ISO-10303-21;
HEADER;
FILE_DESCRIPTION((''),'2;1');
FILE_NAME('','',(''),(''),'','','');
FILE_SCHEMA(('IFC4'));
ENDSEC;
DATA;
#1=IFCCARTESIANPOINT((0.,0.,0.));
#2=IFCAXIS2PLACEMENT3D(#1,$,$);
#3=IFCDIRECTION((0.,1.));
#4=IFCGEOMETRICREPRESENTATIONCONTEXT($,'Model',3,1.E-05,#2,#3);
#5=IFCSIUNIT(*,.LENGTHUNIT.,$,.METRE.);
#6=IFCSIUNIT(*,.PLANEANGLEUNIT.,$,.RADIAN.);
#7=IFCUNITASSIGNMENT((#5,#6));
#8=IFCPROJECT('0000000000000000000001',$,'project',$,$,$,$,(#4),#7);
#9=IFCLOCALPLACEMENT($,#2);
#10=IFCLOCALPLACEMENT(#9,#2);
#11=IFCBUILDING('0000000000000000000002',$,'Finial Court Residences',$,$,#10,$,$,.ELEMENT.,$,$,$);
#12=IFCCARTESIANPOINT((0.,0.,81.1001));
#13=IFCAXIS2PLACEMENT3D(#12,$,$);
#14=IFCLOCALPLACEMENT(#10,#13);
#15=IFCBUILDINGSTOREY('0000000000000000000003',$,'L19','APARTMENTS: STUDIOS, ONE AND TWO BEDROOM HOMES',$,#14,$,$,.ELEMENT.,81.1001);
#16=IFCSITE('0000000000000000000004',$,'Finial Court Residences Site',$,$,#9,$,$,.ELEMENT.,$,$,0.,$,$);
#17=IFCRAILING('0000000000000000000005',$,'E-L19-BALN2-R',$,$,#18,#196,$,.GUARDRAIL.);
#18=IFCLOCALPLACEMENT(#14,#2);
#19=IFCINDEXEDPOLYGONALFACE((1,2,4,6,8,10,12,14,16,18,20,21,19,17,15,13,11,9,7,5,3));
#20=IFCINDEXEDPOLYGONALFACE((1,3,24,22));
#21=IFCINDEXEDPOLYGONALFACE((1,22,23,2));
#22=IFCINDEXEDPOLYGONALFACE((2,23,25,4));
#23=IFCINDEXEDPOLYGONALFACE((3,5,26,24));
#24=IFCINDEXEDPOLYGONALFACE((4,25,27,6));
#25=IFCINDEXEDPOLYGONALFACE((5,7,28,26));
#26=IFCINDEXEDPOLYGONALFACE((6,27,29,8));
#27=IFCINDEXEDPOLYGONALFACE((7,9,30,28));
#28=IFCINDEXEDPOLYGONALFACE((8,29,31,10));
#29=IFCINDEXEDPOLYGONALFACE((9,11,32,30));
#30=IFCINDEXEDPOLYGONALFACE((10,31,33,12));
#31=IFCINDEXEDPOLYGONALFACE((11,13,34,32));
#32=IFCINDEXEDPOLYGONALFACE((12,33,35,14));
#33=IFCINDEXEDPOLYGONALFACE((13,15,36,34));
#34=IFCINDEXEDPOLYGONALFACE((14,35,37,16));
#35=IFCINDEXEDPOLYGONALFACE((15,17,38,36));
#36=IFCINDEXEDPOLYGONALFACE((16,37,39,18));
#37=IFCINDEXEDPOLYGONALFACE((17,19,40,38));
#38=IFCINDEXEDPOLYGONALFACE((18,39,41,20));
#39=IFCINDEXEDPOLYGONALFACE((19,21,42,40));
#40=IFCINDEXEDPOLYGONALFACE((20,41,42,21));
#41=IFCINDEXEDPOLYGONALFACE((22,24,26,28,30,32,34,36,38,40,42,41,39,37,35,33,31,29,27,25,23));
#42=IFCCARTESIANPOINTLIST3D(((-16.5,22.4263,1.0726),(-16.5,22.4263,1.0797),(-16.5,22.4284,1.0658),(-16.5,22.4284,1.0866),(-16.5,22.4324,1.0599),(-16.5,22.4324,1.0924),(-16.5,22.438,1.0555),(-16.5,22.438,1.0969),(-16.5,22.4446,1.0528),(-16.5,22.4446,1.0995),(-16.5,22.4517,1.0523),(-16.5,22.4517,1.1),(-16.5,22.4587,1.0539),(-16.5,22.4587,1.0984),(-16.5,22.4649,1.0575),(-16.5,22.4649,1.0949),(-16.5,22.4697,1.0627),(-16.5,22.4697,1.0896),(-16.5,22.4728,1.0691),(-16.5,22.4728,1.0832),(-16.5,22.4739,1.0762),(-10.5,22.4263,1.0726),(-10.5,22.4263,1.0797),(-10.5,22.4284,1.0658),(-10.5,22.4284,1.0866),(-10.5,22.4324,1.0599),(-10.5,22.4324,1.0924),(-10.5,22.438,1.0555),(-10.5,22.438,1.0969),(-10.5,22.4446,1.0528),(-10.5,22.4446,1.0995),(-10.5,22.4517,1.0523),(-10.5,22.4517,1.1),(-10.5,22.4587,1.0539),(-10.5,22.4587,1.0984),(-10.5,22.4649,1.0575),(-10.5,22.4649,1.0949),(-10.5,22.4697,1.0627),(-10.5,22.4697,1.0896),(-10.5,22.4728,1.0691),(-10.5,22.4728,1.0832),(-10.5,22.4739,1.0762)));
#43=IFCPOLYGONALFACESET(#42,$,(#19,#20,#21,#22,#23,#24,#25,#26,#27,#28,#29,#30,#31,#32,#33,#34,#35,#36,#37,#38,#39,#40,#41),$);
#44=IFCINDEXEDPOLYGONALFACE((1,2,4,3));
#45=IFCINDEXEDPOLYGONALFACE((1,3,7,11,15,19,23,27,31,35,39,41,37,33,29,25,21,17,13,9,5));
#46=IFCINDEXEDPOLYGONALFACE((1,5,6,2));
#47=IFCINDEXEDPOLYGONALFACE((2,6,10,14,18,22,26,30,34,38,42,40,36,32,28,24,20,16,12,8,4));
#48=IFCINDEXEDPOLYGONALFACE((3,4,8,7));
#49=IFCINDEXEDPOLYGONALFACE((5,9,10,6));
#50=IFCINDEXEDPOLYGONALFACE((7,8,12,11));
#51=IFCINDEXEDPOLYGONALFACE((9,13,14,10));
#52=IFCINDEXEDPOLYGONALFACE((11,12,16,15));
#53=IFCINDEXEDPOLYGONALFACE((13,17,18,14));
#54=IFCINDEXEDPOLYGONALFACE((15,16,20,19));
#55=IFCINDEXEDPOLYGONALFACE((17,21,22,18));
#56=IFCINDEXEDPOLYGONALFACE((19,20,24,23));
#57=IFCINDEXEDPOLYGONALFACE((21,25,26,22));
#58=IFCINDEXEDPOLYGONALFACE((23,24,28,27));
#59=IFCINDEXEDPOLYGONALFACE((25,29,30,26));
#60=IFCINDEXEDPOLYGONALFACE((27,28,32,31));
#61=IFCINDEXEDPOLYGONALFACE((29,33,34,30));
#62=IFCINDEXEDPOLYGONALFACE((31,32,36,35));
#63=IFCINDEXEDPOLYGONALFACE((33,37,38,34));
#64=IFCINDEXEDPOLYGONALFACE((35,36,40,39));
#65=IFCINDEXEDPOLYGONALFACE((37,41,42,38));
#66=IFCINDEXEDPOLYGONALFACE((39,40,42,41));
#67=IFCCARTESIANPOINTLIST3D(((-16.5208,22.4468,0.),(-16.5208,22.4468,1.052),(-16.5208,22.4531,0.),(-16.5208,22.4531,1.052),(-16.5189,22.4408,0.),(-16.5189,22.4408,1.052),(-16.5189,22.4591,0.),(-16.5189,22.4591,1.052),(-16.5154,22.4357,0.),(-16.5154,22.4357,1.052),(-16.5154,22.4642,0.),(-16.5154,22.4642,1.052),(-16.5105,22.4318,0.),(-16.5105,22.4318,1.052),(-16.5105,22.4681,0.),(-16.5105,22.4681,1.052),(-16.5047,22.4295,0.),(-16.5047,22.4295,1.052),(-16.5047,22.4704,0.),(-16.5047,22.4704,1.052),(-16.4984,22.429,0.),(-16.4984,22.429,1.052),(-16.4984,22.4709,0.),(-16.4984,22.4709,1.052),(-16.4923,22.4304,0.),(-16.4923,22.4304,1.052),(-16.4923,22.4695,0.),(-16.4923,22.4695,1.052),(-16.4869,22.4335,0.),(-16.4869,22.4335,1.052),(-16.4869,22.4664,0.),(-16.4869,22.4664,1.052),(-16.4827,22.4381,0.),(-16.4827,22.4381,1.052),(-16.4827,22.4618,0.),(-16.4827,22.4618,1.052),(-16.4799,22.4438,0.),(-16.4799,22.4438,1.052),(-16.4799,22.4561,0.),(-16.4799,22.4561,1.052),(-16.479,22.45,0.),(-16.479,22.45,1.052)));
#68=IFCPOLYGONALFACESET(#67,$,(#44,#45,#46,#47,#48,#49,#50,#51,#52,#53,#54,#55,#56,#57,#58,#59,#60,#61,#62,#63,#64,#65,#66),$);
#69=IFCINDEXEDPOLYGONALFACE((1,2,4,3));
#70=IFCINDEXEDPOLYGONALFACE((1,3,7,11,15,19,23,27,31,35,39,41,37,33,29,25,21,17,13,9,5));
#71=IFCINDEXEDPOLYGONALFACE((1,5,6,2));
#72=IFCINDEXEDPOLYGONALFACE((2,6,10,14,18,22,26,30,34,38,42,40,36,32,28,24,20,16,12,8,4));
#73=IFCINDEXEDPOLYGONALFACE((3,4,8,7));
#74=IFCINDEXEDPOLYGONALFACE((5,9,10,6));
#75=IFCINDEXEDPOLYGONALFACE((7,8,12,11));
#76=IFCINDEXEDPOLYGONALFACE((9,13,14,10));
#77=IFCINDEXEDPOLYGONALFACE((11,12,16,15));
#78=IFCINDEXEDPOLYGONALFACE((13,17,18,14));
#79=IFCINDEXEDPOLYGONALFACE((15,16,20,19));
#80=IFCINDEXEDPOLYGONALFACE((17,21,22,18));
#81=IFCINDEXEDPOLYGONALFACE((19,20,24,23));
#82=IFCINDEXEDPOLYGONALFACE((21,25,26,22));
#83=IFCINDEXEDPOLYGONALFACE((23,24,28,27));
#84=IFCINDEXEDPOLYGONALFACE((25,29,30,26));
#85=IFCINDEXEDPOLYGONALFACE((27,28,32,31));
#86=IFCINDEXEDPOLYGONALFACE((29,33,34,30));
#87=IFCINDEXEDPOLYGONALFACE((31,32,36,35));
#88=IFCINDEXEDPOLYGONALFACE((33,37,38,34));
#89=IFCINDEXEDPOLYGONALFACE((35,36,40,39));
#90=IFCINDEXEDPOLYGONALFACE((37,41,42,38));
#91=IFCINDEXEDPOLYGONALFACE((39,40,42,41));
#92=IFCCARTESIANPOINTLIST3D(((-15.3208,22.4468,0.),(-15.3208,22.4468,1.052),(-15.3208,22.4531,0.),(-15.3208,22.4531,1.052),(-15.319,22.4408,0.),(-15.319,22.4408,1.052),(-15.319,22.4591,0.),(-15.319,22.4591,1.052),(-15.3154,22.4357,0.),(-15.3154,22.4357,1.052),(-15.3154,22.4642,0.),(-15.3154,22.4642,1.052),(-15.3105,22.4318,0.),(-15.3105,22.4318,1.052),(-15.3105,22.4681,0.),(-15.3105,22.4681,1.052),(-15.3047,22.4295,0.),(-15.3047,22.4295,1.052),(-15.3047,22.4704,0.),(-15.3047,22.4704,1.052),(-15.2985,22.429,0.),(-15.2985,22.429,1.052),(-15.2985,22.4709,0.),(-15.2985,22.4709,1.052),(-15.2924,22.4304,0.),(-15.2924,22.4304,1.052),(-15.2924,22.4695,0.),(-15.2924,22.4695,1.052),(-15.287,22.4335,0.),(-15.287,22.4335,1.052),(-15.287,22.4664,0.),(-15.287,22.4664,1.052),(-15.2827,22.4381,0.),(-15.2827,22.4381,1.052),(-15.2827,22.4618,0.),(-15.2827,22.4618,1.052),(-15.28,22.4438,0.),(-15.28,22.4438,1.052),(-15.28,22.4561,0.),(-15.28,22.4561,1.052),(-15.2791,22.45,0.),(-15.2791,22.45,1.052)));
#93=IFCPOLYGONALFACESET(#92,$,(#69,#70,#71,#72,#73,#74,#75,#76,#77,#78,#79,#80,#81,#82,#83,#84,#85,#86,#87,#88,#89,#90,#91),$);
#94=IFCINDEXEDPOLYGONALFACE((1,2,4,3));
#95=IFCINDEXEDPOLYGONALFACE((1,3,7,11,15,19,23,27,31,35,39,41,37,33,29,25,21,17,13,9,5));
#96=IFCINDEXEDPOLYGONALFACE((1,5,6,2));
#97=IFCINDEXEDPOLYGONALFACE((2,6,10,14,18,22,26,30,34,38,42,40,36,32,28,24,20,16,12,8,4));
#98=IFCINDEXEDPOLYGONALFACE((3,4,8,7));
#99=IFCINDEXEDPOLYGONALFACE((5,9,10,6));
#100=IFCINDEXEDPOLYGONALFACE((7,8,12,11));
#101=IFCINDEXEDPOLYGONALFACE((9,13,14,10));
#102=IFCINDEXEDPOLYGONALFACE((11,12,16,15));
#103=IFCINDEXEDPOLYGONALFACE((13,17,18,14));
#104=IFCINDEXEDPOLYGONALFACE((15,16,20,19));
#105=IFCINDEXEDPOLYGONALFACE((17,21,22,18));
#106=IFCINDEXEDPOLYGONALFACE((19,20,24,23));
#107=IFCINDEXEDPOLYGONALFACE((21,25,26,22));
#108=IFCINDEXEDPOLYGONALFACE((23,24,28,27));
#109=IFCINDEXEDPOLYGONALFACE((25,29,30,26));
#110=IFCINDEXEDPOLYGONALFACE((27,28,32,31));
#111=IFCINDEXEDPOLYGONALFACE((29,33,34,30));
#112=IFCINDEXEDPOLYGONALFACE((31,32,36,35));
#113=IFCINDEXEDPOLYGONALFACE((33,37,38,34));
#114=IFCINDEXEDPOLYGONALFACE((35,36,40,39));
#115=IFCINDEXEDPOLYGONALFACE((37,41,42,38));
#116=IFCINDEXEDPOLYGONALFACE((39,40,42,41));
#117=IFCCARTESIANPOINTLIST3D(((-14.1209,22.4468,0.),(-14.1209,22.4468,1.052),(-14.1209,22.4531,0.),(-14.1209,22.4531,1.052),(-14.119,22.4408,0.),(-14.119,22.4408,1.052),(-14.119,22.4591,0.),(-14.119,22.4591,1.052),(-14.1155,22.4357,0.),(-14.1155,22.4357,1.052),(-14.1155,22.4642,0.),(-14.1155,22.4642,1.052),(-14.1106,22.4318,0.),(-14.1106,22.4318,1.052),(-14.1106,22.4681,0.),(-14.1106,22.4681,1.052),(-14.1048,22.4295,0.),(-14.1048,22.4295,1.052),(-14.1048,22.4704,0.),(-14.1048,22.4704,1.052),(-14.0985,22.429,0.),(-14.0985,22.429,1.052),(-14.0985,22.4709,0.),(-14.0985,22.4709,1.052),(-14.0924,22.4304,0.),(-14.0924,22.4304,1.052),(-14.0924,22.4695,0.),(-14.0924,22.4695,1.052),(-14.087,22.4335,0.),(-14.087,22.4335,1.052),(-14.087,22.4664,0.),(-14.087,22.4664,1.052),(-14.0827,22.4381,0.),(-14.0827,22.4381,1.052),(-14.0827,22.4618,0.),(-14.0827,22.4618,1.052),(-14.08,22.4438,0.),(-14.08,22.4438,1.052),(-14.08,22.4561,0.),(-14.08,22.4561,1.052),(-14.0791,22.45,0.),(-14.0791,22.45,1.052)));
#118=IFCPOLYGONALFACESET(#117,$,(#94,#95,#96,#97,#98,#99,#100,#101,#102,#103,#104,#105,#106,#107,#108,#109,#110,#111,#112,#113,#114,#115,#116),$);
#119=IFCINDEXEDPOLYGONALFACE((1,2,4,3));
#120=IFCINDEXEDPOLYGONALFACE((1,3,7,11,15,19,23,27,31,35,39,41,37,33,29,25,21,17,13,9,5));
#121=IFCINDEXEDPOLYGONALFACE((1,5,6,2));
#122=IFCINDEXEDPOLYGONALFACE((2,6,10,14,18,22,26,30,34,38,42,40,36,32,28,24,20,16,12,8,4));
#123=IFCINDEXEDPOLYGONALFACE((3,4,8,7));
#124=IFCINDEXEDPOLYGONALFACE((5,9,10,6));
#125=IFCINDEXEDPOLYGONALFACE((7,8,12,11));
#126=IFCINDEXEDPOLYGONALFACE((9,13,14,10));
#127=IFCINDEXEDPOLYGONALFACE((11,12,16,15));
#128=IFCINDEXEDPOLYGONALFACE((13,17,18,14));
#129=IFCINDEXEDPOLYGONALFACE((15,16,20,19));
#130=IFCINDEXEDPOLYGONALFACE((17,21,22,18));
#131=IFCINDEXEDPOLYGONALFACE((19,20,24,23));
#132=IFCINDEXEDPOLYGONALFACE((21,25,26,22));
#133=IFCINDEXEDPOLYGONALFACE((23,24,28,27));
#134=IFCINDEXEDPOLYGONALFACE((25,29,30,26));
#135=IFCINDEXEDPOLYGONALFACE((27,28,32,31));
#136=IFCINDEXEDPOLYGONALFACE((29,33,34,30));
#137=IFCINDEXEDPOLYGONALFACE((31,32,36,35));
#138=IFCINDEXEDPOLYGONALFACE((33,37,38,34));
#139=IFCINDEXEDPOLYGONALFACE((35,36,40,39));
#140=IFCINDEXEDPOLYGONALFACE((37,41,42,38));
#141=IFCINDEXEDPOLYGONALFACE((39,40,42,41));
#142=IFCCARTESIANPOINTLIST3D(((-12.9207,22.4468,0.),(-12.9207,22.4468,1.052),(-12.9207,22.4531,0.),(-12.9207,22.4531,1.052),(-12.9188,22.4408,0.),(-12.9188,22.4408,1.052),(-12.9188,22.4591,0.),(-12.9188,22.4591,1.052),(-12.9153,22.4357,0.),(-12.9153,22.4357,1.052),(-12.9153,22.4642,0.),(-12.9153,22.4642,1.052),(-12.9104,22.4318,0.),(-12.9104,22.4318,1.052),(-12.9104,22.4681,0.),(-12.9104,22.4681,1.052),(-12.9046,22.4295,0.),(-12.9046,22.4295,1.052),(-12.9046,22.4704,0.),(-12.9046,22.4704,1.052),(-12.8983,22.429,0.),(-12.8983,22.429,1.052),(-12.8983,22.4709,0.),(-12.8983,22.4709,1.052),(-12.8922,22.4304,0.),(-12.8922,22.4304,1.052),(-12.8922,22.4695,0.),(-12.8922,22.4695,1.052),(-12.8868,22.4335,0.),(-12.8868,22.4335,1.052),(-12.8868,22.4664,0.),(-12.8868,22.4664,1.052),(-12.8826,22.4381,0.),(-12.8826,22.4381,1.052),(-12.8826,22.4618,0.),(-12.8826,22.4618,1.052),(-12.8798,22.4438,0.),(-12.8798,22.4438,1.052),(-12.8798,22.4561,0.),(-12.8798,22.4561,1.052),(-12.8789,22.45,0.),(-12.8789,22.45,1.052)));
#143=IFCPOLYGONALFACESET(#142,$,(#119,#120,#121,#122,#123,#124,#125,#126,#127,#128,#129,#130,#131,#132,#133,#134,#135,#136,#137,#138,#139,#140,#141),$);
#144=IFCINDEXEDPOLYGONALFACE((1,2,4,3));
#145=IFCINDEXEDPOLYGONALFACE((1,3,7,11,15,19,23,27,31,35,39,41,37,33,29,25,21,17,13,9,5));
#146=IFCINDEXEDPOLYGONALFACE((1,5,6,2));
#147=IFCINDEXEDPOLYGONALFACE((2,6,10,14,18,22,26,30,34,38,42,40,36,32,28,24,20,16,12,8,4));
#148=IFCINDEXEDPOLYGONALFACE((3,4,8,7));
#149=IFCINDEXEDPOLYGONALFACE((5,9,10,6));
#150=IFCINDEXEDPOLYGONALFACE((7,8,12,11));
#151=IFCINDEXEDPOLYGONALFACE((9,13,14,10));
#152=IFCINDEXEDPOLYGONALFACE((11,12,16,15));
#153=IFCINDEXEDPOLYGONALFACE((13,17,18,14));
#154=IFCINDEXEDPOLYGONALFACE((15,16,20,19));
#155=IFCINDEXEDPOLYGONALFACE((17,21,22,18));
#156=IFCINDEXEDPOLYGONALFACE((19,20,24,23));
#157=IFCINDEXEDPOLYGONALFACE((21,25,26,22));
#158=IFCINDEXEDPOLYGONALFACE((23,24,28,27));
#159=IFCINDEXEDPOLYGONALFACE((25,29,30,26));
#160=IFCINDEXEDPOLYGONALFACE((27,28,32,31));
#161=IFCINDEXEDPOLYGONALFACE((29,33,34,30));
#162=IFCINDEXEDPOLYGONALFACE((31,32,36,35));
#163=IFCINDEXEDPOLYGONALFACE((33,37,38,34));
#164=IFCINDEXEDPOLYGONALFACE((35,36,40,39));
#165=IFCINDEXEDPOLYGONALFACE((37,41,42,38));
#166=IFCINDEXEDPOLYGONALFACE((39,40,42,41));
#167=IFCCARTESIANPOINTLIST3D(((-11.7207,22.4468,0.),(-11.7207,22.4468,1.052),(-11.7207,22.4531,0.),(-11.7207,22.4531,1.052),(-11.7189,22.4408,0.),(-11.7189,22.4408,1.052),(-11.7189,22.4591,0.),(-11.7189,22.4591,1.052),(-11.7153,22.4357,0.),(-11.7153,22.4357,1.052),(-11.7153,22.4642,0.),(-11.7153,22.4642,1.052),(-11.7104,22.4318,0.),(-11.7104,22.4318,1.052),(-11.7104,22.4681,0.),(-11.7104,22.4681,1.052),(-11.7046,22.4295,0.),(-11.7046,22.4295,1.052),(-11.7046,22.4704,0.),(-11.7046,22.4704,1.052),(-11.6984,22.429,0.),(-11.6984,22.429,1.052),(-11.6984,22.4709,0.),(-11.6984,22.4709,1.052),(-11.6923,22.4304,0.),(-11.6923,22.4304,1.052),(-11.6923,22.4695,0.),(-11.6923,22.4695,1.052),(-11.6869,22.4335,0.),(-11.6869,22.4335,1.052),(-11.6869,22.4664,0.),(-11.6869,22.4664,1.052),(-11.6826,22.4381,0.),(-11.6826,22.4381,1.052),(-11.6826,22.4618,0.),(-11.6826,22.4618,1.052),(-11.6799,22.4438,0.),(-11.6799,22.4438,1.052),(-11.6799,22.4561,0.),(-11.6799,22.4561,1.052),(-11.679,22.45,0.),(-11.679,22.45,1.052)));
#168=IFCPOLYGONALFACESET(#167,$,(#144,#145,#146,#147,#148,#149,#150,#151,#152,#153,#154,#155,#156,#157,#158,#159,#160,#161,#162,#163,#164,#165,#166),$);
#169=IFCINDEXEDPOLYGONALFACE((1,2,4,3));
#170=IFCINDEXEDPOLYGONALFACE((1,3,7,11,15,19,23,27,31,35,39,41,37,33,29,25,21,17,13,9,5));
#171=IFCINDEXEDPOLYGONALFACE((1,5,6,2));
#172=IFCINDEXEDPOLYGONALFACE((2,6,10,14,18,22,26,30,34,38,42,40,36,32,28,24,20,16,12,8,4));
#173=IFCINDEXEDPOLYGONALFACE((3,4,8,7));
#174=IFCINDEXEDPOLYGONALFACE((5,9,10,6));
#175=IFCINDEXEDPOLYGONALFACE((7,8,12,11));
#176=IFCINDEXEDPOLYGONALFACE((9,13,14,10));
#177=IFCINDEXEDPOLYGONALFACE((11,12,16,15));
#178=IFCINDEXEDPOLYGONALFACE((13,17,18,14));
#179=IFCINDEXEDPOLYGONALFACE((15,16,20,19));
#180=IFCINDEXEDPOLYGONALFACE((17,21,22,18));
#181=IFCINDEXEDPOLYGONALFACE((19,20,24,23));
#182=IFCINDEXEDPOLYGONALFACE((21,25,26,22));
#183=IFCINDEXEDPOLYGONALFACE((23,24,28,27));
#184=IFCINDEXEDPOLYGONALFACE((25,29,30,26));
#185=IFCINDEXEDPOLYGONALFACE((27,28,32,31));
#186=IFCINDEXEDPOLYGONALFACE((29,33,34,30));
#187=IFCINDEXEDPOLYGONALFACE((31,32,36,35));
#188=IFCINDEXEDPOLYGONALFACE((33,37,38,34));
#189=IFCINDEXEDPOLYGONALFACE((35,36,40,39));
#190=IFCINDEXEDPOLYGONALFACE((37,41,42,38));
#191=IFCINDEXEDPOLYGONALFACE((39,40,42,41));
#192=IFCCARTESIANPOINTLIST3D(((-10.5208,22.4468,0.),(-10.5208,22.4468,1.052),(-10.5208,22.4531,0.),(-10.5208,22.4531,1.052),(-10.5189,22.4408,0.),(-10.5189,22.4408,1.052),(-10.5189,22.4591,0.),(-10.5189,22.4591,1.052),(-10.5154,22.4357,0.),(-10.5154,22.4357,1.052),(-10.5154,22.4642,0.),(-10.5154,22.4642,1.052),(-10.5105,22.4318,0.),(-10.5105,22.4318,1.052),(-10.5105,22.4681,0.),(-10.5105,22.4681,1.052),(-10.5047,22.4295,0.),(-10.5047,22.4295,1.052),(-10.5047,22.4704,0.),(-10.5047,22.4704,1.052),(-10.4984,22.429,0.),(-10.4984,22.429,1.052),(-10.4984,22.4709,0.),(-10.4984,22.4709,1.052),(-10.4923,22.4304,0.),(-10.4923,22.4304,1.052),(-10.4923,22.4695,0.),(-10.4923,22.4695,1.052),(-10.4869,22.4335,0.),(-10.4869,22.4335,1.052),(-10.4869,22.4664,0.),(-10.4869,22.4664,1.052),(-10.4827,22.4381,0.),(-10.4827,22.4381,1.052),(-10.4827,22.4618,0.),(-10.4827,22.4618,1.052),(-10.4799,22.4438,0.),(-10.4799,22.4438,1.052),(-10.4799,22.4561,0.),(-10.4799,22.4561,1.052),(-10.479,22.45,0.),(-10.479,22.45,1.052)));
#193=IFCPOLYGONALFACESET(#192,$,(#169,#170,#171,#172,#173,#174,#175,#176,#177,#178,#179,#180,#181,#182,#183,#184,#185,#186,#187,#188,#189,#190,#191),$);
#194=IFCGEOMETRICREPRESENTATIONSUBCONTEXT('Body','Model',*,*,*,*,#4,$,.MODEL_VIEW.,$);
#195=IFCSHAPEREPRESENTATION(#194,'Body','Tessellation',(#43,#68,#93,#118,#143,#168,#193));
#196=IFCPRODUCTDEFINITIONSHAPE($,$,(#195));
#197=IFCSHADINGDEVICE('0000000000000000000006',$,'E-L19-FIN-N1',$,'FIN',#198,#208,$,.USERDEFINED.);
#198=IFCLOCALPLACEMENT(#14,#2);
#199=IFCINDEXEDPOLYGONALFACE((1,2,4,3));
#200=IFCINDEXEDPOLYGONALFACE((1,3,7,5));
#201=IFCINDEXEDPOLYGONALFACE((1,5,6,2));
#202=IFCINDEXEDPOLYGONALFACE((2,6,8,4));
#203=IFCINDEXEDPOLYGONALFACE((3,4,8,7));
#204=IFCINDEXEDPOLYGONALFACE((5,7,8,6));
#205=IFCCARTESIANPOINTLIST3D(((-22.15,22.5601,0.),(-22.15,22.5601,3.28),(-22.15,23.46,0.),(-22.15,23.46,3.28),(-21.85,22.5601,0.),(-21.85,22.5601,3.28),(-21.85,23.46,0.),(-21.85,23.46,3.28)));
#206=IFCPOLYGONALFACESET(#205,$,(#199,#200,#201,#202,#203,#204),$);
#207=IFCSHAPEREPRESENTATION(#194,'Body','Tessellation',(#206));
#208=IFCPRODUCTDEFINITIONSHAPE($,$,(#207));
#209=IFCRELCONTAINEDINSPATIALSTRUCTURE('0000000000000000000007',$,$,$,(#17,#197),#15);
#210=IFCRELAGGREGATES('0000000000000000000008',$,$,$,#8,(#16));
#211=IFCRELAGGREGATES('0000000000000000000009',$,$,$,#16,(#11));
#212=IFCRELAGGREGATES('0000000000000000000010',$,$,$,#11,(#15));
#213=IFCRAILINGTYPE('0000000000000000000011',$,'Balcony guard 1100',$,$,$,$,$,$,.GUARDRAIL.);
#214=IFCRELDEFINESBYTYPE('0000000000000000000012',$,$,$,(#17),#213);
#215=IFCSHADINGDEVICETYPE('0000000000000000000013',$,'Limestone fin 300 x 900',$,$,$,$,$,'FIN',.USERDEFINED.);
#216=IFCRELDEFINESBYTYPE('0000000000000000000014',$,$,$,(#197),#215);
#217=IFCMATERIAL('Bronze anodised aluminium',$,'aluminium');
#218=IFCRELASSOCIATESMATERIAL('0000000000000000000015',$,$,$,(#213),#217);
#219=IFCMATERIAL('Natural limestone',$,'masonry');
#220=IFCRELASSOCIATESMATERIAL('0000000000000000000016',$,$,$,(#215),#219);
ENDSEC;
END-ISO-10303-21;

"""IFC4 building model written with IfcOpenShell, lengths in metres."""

from ifc_helpers import new_model, si_unit, direction, frame, origin, origin_2d, place, context, subcontext, project, spatial, rectangle, circle, extrude, material, type_object, element, save


model = new_model("IFC4")

# Units and contexts
model_context = context("Model", 3, precision=1e-05, world=origin(), true_north=direction((0.0, 1.0)))
body_context = subcontext(model_context, "Body", "Model", "MODEL_VIEW")
ifc_project = project(units=[si_unit("LENGTHUNIT", "METRE"), si_unit("PLANEANGLEUNIT", "RADIAN")], contexts=[model_context])

# Site, building, storey
site_placement = place(None, origin())
site = spatial("IfcSite", under=ifc_project, at=site_placement, Name="Finial Court Residences Site", CompositionType="ELEMENT", RefElevation=0.0)
building_placement = place(site_placement, origin())
building = spatial("IfcBuilding", under=site, at=building_placement, Name="Finial Court Residences", CompositionType="ELEMENT")
storey_placement = place(building_placement, frame((0.0, 0.0, 81.1001)))
storey = spatial("IfcBuildingStorey", under=building, at=storey_placement, Name="L19", Description="APARTMENTS: STUDIOS, ONE AND TWO BEDROOM HOMES", CompositionType="ELEMENT", Elevation=81.1001)

# Shared definitions
ifc_material_1 = material(Name="Bronze anodised aluminium", Category="aluminium")

# Shared definitions
ifc_material_2 = material(Name="Natural limestone", Category="masonry")

# Railing
railing_type_1 = type_object("IfcRailingType", Name="Balcony guard 1100", PredefinedType="GUARDRAIL", material=ifc_material_1)
railing_1_placement = place(storey_placement, frame((-16.5, 22.45, 0.0)))
element("IfcRailing", 1, at=railing_1_placement, inside=storey, type_object=railing_type_1, Name="E-L19-BALN2-R", PredefinedType="GUARDRAIL", context=body_context, shape_type="SweptSolid", body=[
    extrude(circle(Radius=0.0239, at=origin_2d()), frame((0.0, 0.0, 1.0762), z_axis=(1.0, 0.0, 0.0), x_axis=(0.0, 1.0, 0.0)), (0.0, 0.0, 1.0), 6.0),
    extrude(circle(Radius=0.021, at=origin_2d()), origin(), (0.0, 0.0, 1.0), 1.052),
    extrude(circle(Radius=0.021, at=origin_2d()), frame((1.2, 0.0, 0.0)), (0.0, 0.0, 1.0), 1.052),
    extrude(circle(Radius=0.021, at=origin_2d()), frame((2.3999, 0.0, 0.0)), (0.0, 0.0, 1.0), 1.052),
    extrude(circle(Radius=0.021, at=origin_2d()), frame((3.6001, 0.0, 0.0)), (0.0, 0.0, 1.0), 1.052),
    extrude(circle(Radius=0.021, at=origin_2d()), frame((4.8, 0.0, 0.0)), (0.0, 0.0, 1.0), 1.052),
    extrude(circle(Radius=0.021, at=origin_2d()), frame((6.0, 0.0, 0.0)), (0.0, 0.0, 1.0), 1.052),
])

# Shading device
shading_device_type = type_object("IfcShadingDeviceType", Name="Limestone fin 300 x 900", ElementType="FIN", PredefinedType="USERDEFINED", material=ifc_material_2)
shading_device_1_placement = place(storey_placement, frame((-22.0, 23.01, 0.0), z_axis=(0.0, 0.0, 1.0), x_axis=(1.0, 0.0, 0.0)))
element("IfcShadingDevice", 2, at=shading_device_1_placement, inside=storey, type_object=shading_device_type, Name="E-L19-FIN-N1", ObjectType="FIN", PredefinedType="USERDEFINED", context=body_context, shape_type="SweptSolid", body=[
    extrude(rectangle(XDim=0.3, YDim=0.8999, at=origin_2d()), origin(), (0.0, 0.0, 1.0), 3.28),
])

save(model, "model.ifc")
